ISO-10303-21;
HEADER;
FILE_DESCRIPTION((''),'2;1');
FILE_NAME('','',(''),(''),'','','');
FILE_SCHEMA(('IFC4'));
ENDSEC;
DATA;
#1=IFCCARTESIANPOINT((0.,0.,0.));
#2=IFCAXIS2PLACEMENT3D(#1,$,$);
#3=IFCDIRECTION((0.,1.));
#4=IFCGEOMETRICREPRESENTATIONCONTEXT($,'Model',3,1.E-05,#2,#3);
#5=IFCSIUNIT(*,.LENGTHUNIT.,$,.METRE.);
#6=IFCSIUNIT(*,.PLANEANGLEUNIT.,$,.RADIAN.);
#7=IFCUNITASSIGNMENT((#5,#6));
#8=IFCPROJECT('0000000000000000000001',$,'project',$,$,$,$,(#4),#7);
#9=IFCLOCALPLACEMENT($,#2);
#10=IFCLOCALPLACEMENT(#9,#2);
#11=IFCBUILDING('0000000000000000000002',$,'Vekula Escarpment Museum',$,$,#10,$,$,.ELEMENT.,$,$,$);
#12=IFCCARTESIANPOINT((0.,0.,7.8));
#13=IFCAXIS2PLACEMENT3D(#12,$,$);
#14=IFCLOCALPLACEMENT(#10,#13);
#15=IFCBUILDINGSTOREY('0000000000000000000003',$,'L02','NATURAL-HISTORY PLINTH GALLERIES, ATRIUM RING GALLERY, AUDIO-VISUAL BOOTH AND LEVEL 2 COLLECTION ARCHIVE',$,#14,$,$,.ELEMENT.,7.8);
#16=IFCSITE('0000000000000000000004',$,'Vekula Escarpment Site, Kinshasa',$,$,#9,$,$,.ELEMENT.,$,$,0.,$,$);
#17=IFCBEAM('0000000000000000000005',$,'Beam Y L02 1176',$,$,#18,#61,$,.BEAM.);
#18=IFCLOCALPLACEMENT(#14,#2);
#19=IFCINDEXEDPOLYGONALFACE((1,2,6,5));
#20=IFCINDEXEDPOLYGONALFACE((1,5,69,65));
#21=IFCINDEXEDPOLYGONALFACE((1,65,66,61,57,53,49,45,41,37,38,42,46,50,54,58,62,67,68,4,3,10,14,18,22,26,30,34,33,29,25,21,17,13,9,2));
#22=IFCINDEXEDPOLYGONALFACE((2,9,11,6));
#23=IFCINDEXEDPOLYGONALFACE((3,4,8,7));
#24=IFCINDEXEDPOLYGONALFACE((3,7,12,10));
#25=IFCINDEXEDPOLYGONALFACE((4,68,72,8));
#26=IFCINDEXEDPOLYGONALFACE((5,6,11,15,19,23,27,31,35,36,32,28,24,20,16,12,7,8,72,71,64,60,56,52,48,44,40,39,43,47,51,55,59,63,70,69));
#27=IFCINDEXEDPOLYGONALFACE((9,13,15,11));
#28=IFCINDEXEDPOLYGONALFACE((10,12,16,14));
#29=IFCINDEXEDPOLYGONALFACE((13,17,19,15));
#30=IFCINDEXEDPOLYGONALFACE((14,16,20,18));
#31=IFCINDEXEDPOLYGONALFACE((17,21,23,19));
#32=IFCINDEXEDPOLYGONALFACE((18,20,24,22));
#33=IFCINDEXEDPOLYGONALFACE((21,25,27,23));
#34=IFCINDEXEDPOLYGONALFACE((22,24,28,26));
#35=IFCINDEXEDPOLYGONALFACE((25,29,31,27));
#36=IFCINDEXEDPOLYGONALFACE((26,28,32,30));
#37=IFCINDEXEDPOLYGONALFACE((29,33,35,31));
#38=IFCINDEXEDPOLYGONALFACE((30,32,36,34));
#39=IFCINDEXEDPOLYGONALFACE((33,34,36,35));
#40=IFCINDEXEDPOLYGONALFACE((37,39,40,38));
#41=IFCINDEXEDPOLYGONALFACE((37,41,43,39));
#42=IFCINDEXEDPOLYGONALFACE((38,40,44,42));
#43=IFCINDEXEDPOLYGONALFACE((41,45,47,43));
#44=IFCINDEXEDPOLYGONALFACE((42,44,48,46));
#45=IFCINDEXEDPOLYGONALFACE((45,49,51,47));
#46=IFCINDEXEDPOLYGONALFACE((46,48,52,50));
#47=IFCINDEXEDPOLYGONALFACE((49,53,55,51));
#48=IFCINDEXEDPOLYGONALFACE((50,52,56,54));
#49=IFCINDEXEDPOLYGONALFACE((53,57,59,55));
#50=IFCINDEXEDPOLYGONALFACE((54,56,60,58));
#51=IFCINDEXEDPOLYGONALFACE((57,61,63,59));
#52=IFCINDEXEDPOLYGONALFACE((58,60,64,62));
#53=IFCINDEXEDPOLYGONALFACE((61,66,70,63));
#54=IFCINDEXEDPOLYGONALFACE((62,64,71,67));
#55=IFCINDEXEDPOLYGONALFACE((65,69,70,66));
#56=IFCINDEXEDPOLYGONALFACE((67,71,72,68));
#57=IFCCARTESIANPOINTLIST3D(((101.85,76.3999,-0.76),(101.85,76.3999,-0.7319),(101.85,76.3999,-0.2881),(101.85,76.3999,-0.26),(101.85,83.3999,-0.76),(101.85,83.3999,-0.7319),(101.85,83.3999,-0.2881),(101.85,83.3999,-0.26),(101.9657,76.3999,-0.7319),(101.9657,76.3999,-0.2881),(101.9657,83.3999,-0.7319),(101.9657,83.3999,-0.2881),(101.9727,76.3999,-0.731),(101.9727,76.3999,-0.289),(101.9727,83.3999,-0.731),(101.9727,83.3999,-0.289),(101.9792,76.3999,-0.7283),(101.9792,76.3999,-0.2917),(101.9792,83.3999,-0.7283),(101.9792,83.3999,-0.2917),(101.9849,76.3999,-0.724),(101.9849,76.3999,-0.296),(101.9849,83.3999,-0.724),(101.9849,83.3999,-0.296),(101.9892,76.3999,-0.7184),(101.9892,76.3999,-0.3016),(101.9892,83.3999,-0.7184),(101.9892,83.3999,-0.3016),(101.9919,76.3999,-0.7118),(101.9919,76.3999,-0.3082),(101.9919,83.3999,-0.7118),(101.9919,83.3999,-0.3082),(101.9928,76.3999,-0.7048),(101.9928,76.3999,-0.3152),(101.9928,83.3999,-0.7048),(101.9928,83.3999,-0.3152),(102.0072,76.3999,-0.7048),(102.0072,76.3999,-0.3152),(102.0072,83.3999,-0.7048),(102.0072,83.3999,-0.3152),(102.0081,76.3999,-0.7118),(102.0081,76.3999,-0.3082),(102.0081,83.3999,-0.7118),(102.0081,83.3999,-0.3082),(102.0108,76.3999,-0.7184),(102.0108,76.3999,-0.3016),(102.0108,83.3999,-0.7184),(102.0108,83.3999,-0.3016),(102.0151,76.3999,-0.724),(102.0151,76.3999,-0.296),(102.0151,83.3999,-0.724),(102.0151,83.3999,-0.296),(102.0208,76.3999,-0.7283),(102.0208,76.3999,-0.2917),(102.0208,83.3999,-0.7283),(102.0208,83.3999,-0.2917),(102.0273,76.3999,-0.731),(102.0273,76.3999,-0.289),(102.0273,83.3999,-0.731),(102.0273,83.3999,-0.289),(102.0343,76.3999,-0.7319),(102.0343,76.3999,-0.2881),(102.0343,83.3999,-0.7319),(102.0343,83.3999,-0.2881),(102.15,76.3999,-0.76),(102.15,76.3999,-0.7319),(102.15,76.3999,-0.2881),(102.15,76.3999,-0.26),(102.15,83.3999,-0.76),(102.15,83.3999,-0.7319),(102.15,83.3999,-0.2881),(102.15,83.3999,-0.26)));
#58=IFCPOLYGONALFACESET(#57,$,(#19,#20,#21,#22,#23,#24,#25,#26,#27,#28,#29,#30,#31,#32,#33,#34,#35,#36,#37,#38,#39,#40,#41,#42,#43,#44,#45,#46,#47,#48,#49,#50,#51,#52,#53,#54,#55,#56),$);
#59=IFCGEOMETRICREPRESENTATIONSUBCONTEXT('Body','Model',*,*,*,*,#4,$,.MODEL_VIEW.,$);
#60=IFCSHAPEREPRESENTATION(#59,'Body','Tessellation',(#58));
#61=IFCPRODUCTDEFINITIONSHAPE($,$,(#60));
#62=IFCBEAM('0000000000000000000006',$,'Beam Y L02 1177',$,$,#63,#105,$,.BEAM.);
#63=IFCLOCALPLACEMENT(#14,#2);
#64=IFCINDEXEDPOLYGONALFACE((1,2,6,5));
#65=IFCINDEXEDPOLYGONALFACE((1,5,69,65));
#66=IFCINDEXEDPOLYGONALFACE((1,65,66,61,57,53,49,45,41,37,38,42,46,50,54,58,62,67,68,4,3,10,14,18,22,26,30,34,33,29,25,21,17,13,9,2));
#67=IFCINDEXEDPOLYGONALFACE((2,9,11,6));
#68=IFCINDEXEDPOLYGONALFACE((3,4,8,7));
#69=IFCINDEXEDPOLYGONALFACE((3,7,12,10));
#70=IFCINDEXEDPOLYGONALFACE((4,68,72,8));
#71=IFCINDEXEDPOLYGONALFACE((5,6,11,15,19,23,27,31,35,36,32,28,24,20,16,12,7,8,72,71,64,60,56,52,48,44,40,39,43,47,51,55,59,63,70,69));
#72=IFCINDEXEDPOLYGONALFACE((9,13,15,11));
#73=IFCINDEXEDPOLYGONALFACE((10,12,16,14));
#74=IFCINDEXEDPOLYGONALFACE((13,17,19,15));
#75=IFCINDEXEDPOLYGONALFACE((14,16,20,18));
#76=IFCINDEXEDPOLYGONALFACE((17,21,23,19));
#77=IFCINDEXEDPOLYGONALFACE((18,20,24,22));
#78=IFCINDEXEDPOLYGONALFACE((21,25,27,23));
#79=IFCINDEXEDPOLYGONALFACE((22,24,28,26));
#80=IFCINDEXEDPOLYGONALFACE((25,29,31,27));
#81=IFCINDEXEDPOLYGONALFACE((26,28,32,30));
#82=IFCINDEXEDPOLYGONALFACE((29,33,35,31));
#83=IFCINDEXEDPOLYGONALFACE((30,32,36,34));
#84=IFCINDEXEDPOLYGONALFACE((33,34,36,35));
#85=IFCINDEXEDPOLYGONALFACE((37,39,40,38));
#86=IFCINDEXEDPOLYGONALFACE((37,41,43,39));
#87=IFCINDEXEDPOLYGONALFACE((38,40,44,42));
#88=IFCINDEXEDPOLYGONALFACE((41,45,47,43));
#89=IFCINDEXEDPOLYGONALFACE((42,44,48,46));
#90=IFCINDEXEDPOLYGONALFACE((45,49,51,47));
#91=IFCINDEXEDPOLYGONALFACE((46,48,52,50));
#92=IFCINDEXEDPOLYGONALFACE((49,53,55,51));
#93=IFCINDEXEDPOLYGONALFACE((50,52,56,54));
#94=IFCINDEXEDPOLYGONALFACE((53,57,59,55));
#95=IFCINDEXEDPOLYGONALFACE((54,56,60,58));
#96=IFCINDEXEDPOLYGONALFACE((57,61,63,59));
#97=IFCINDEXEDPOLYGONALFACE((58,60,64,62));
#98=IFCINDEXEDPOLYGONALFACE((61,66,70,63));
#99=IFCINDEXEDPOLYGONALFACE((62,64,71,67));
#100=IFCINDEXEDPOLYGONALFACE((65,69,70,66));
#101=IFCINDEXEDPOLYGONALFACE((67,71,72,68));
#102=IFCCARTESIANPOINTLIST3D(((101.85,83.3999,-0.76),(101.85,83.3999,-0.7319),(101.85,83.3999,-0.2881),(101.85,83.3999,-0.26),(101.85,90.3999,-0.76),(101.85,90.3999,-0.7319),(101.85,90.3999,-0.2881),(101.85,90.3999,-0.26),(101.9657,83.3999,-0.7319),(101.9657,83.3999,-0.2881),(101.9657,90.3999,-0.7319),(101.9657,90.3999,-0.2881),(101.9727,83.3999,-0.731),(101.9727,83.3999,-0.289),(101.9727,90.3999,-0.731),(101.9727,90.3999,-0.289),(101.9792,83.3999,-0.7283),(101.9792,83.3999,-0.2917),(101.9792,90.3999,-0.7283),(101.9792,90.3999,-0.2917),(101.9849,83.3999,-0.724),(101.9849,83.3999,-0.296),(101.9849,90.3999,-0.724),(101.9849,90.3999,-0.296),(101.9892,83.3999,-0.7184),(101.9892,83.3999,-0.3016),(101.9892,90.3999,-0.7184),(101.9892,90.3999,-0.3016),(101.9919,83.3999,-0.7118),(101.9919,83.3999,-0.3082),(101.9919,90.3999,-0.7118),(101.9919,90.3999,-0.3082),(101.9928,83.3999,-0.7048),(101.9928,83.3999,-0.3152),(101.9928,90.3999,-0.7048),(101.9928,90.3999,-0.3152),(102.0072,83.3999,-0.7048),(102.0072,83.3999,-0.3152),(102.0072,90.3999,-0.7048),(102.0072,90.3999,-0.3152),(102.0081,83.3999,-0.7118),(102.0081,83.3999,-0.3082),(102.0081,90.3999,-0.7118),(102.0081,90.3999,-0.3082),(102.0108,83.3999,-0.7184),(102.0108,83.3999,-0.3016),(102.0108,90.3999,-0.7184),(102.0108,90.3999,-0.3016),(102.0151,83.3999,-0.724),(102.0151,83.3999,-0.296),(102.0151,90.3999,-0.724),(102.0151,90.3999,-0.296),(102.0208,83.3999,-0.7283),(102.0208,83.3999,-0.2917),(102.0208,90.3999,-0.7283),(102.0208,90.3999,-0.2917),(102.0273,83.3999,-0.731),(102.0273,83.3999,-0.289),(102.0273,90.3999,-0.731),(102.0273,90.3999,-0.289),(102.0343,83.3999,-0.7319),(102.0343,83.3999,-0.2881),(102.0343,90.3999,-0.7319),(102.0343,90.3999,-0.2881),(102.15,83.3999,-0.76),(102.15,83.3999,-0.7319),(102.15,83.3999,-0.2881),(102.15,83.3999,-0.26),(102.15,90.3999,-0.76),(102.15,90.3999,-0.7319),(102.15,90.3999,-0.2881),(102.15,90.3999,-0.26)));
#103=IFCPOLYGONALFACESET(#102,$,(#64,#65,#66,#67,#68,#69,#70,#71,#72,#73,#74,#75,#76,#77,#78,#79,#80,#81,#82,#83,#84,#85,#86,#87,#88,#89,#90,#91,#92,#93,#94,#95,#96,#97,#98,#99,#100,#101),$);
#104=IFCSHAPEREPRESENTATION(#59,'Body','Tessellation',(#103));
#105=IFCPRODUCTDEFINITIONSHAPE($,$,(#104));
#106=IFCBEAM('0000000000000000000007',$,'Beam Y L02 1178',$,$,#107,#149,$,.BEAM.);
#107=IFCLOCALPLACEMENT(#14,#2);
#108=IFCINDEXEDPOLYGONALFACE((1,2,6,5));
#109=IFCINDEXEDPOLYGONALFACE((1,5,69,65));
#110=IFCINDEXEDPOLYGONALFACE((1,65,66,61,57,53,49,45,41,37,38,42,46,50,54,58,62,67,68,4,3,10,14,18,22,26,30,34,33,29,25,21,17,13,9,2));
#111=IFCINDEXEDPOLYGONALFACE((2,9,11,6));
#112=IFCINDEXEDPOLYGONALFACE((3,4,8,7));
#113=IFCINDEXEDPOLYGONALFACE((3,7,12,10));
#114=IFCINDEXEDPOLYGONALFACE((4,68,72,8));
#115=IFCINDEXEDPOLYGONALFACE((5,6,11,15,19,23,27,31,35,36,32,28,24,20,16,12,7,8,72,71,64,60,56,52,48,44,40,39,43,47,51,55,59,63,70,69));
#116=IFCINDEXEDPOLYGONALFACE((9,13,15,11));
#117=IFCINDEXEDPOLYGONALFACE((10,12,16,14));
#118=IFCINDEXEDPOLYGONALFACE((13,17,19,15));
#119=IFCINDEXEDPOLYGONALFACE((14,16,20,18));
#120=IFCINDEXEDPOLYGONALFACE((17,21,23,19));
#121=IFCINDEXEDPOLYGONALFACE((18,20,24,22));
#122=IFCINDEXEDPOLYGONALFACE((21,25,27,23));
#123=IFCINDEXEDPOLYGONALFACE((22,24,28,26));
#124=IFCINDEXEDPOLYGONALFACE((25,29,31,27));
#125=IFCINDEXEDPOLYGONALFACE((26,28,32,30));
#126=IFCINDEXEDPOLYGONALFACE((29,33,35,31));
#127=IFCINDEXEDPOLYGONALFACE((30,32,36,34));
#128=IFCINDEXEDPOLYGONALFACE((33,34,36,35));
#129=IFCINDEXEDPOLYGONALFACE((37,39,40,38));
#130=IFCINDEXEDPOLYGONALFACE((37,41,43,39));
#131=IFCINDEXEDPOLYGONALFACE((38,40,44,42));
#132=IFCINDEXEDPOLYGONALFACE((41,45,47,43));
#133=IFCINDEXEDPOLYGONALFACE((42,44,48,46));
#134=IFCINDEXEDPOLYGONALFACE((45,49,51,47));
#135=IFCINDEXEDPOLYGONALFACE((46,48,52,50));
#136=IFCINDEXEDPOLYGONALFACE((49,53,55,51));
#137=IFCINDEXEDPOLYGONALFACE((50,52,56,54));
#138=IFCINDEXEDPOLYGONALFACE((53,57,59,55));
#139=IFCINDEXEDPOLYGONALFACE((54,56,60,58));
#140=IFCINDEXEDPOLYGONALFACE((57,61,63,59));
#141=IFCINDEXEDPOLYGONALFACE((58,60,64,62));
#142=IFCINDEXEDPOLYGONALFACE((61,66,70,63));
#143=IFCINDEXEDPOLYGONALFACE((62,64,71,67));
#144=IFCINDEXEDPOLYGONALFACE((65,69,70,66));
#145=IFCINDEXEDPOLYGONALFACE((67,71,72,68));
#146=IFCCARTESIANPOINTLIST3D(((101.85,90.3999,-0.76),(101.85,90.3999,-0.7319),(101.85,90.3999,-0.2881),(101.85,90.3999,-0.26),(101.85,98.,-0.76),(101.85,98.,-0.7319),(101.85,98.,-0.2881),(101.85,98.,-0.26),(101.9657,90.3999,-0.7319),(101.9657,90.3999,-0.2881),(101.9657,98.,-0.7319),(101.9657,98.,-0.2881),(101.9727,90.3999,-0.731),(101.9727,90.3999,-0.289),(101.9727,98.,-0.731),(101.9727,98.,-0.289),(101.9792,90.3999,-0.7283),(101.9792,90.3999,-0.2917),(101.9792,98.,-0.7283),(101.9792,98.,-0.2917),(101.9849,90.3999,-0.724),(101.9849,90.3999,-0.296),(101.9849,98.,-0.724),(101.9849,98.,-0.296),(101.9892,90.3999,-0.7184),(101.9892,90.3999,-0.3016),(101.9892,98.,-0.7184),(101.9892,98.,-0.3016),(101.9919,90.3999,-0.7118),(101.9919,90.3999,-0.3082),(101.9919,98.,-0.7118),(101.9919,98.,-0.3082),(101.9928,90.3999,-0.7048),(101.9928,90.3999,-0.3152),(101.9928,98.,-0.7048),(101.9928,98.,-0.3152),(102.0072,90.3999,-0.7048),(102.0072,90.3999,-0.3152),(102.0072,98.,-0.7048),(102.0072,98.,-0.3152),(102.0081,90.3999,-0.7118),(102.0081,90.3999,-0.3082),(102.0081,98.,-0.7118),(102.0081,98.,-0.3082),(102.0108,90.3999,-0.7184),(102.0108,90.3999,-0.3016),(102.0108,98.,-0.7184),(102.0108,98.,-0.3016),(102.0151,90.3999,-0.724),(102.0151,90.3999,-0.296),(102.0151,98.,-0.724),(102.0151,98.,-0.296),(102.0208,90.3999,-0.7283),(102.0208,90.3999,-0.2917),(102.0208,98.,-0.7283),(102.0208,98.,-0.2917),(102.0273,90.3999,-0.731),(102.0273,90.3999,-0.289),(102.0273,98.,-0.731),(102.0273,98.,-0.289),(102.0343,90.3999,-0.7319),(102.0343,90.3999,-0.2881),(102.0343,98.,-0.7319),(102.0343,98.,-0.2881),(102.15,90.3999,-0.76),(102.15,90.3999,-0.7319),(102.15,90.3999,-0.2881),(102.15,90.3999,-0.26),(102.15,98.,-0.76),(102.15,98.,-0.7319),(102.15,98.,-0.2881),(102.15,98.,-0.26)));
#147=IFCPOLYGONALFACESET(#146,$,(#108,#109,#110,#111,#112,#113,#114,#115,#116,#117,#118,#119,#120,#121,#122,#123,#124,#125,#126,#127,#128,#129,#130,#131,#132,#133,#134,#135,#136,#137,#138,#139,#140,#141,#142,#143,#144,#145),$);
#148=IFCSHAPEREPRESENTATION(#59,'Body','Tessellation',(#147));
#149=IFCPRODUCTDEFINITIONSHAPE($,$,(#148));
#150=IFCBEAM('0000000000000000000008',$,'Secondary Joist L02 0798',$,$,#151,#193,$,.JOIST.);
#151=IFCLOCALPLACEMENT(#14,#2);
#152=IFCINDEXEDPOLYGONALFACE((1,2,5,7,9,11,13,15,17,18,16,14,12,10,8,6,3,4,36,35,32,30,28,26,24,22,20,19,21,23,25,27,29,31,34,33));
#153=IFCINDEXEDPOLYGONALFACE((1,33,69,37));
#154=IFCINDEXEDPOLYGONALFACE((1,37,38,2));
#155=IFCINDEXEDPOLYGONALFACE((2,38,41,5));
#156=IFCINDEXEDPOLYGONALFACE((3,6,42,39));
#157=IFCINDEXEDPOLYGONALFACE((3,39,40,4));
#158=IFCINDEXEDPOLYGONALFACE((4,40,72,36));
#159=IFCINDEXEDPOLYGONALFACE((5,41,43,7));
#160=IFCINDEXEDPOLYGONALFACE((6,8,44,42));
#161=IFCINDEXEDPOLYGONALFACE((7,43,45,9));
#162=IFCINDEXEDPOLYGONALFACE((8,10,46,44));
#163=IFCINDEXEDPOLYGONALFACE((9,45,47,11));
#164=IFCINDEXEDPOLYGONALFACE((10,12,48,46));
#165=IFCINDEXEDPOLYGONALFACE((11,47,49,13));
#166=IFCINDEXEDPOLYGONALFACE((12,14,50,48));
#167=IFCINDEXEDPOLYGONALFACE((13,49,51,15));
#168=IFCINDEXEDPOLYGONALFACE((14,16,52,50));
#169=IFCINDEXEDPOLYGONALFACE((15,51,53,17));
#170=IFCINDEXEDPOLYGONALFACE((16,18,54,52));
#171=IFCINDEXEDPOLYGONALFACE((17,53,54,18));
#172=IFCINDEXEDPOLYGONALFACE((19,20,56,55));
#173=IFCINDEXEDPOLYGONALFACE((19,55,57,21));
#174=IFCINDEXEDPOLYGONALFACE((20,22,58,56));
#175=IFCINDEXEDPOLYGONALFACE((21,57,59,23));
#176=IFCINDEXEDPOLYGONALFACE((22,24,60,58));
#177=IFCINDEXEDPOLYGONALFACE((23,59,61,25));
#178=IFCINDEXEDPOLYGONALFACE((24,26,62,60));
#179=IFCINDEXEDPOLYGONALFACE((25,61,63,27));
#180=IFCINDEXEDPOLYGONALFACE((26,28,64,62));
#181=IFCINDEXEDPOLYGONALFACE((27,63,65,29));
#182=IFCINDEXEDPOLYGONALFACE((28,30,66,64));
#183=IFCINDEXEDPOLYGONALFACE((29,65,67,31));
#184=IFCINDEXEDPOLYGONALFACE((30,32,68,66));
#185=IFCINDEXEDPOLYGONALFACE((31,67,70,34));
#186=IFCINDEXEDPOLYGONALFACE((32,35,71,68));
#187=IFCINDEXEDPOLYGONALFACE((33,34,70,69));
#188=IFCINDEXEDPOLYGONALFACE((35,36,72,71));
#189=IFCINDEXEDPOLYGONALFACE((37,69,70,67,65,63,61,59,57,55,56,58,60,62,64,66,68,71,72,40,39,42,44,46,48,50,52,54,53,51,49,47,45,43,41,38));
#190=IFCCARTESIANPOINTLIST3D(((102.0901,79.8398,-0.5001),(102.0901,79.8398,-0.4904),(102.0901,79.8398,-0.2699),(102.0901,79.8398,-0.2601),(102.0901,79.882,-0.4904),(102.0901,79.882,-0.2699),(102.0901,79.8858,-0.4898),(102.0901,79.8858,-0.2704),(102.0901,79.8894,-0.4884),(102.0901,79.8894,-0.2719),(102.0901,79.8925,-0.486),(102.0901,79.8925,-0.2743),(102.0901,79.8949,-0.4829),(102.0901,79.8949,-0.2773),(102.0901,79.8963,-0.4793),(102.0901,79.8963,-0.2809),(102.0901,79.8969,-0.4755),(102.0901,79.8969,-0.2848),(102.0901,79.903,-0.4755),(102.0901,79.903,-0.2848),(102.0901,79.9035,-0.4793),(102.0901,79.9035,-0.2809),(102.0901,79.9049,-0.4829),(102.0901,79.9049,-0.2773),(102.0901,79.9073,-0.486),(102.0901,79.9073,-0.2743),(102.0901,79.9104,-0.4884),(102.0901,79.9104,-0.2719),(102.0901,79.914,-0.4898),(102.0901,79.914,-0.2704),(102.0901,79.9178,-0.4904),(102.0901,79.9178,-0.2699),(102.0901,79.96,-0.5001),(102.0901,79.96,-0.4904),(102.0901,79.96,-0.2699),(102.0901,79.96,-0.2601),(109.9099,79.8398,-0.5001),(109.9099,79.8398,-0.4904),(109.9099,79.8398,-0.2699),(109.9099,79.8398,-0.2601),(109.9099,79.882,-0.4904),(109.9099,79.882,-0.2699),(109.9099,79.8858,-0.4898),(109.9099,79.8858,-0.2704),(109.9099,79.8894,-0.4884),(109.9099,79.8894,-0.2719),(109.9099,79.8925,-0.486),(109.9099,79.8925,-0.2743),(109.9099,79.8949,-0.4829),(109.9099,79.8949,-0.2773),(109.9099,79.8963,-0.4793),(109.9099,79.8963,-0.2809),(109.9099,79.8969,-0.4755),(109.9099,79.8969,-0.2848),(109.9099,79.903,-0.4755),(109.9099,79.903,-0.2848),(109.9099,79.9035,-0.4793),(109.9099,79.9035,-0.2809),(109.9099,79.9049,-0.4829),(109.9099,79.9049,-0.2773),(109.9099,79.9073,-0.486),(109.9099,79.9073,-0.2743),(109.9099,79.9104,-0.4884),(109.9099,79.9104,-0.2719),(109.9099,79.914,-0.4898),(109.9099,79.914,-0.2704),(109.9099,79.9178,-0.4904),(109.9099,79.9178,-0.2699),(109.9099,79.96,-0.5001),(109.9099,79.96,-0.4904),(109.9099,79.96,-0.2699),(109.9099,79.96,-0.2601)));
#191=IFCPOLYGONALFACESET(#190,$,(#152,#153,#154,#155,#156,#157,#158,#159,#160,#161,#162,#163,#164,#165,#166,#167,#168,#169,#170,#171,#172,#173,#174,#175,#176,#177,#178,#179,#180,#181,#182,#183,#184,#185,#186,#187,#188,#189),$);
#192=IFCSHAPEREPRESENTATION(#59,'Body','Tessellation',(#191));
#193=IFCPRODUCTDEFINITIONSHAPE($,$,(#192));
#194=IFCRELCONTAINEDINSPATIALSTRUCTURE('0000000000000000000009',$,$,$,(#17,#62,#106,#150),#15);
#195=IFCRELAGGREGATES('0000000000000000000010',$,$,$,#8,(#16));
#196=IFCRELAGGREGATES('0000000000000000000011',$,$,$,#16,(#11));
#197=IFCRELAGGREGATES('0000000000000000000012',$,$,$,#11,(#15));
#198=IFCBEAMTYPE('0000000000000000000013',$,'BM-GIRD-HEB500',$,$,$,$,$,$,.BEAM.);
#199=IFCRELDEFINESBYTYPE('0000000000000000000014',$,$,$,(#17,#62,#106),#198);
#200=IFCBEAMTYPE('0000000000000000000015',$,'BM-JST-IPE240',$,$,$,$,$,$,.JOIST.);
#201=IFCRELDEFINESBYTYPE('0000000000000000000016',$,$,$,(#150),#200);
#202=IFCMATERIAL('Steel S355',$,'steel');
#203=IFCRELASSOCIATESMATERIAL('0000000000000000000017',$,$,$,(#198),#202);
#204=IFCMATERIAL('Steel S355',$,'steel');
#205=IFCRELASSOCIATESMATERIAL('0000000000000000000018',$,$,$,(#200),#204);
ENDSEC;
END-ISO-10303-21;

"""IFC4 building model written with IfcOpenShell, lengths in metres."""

from ifc_helpers import new_model, si_unit, direction, frame, origin, origin_2d, place, context, subcontext, project, spatial, i_section, extrude, material, material_profile, profile_set, type_object, element, save


model = new_model("IFC4")

# Units and contexts
model_context = context("Model", 3, precision=1e-05, world=origin(), true_north=direction((0.0, 1.0)))
body_context = subcontext(model_context, "Body", "Model", "MODEL_VIEW")
ifc_project = project(units=[si_unit("LENGTHUNIT", "METRE"), si_unit("PLANEANGLEUNIT", "RADIAN")], contexts=[model_context])

# Site, building, storey
site_placement = place(None, origin())
site = spatial("IfcSite", under=ifc_project, at=site_placement, Name="Vekula Escarpment Site, Kinshasa", CompositionType="ELEMENT", RefElevation=0.0)
building_placement = place(site_placement, origin())
building = spatial("IfcBuilding", under=site, at=building_placement, Name="Vekula Escarpment Museum", CompositionType="ELEMENT")
storey_placement = place(building_placement, frame((0.0, 0.0, 7.8)))
storey = spatial("IfcBuildingStorey", under=building, at=storey_placement, Name="L02", Description="NATURAL-HISTORY PLINTH GALLERIES, ATRIUM RING GALLERY, AUDIO-VISUAL BOOTH AND LEVEL 2 COLLECTION ARCHIVE", CompositionType="ELEMENT", Elevation=7.8)

# Beams
ifc_material_1 = material(Name="Steel S355", Category="steel")
ifc_material_profile_1 = material_profile(ifc_material_1, i_section(OverallWidth=0.3, OverallDepth=0.5, WebThickness=0.0144, FlangeThickness=0.0281, FilletRadius=0.0271, at=origin_2d()), Name="HEB 500")
ifc_profile_set_1 = profile_set([ifc_material_profile_1], Name="Steel S355")
beam_type_1 = type_object("IfcBeamType", Name="BM-GIRD-HEB500", PredefinedType="BEAM", material=ifc_profile_set_1)
for number, where, z_axis, x_axis, name in (
    (1, (102.0, 76.3999, -0.51), (0.0, 1.0, 0.0), (-1.0, 0.0, 0.0), "Beam Y L02 1176"),
    (2, (102.0, 83.3999, -0.51), (0.0, 1.0, 0.0), (-1.0, 0.0, 0.0), "Beam Y L02 1177"),
):
    element("IfcBeam", number, at=place(storey_placement, frame(where, z_axis=z_axis, x_axis=x_axis)), inside=storey, type_object=beam_type_1, Name=name, PredefinedType="BEAM", context=body_context, shape_type="SweptSolid", body=[
        extrude(i_section(OverallWidth=0.3, OverallDepth=0.5, WebThickness=0.0144, FlangeThickness=0.0281, FilletRadius=0.0271, at=origin_2d()), origin(), (0.0, 0.0, 1.0), 7.0),
    ])
beam_1_placement = place(storey_placement, frame((102.0, 90.3999, -0.51), z_axis=(0.0, 1.0, 0.0), x_axis=(-1.0, 0.0, 0.0)))
element("IfcBeam", 3, at=beam_1_placement, inside=storey, type_object=beam_type_1, Name="Beam Y L02 1178", PredefinedType="BEAM", context=body_context, shape_type="SweptSolid", body=[
    extrude(i_section(OverallWidth=0.3, OverallDepth=0.5, WebThickness=0.0144, FlangeThickness=0.0281, FilletRadius=0.0271, at=origin_2d()), origin(), (0.0, 0.0, 1.0), 7.6001),
])
ifc_material_2 = material(Name="Steel S355", Category="steel")
ifc_material_profile_2 = material_profile(ifc_material_2, i_section(OverallWidth=0.1201, OverallDepth=0.24, WebThickness=0.0061, FlangeThickness=0.0098, FilletRadius=0.0149, at=origin_2d()), Name="IPE 240")
ifc_profile_set_2 = profile_set([ifc_material_profile_2], Name="Steel S355")
beam_type_2 = type_object("IfcBeamType", Name="BM-JST-IPE240", PredefinedType="JOIST", material=ifc_profile_set_2)
beam_2_placement = place(storey_placement, frame((102.0901, 79.8999, -0.3801), z_axis=(1.0, 0.0, 0.0), x_axis=(0.0, 1.0, 0.0)))
element("IfcBeam", 4, at=beam_2_placement, inside=storey, type_object=beam_type_2, Name="Secondary Joist L02 0798", PredefinedType="JOIST", context=body_context, shape_type="SweptSolid", body=[
    extrude(i_section(OverallWidth=0.1201, OverallDepth=0.24, WebThickness=0.0061, FlangeThickness=0.0098, FilletRadius=0.0149, at=origin_2d()), origin(), (0.0, 0.0, 1.0), 7.8198),
])

save(model, "model.ifc")
